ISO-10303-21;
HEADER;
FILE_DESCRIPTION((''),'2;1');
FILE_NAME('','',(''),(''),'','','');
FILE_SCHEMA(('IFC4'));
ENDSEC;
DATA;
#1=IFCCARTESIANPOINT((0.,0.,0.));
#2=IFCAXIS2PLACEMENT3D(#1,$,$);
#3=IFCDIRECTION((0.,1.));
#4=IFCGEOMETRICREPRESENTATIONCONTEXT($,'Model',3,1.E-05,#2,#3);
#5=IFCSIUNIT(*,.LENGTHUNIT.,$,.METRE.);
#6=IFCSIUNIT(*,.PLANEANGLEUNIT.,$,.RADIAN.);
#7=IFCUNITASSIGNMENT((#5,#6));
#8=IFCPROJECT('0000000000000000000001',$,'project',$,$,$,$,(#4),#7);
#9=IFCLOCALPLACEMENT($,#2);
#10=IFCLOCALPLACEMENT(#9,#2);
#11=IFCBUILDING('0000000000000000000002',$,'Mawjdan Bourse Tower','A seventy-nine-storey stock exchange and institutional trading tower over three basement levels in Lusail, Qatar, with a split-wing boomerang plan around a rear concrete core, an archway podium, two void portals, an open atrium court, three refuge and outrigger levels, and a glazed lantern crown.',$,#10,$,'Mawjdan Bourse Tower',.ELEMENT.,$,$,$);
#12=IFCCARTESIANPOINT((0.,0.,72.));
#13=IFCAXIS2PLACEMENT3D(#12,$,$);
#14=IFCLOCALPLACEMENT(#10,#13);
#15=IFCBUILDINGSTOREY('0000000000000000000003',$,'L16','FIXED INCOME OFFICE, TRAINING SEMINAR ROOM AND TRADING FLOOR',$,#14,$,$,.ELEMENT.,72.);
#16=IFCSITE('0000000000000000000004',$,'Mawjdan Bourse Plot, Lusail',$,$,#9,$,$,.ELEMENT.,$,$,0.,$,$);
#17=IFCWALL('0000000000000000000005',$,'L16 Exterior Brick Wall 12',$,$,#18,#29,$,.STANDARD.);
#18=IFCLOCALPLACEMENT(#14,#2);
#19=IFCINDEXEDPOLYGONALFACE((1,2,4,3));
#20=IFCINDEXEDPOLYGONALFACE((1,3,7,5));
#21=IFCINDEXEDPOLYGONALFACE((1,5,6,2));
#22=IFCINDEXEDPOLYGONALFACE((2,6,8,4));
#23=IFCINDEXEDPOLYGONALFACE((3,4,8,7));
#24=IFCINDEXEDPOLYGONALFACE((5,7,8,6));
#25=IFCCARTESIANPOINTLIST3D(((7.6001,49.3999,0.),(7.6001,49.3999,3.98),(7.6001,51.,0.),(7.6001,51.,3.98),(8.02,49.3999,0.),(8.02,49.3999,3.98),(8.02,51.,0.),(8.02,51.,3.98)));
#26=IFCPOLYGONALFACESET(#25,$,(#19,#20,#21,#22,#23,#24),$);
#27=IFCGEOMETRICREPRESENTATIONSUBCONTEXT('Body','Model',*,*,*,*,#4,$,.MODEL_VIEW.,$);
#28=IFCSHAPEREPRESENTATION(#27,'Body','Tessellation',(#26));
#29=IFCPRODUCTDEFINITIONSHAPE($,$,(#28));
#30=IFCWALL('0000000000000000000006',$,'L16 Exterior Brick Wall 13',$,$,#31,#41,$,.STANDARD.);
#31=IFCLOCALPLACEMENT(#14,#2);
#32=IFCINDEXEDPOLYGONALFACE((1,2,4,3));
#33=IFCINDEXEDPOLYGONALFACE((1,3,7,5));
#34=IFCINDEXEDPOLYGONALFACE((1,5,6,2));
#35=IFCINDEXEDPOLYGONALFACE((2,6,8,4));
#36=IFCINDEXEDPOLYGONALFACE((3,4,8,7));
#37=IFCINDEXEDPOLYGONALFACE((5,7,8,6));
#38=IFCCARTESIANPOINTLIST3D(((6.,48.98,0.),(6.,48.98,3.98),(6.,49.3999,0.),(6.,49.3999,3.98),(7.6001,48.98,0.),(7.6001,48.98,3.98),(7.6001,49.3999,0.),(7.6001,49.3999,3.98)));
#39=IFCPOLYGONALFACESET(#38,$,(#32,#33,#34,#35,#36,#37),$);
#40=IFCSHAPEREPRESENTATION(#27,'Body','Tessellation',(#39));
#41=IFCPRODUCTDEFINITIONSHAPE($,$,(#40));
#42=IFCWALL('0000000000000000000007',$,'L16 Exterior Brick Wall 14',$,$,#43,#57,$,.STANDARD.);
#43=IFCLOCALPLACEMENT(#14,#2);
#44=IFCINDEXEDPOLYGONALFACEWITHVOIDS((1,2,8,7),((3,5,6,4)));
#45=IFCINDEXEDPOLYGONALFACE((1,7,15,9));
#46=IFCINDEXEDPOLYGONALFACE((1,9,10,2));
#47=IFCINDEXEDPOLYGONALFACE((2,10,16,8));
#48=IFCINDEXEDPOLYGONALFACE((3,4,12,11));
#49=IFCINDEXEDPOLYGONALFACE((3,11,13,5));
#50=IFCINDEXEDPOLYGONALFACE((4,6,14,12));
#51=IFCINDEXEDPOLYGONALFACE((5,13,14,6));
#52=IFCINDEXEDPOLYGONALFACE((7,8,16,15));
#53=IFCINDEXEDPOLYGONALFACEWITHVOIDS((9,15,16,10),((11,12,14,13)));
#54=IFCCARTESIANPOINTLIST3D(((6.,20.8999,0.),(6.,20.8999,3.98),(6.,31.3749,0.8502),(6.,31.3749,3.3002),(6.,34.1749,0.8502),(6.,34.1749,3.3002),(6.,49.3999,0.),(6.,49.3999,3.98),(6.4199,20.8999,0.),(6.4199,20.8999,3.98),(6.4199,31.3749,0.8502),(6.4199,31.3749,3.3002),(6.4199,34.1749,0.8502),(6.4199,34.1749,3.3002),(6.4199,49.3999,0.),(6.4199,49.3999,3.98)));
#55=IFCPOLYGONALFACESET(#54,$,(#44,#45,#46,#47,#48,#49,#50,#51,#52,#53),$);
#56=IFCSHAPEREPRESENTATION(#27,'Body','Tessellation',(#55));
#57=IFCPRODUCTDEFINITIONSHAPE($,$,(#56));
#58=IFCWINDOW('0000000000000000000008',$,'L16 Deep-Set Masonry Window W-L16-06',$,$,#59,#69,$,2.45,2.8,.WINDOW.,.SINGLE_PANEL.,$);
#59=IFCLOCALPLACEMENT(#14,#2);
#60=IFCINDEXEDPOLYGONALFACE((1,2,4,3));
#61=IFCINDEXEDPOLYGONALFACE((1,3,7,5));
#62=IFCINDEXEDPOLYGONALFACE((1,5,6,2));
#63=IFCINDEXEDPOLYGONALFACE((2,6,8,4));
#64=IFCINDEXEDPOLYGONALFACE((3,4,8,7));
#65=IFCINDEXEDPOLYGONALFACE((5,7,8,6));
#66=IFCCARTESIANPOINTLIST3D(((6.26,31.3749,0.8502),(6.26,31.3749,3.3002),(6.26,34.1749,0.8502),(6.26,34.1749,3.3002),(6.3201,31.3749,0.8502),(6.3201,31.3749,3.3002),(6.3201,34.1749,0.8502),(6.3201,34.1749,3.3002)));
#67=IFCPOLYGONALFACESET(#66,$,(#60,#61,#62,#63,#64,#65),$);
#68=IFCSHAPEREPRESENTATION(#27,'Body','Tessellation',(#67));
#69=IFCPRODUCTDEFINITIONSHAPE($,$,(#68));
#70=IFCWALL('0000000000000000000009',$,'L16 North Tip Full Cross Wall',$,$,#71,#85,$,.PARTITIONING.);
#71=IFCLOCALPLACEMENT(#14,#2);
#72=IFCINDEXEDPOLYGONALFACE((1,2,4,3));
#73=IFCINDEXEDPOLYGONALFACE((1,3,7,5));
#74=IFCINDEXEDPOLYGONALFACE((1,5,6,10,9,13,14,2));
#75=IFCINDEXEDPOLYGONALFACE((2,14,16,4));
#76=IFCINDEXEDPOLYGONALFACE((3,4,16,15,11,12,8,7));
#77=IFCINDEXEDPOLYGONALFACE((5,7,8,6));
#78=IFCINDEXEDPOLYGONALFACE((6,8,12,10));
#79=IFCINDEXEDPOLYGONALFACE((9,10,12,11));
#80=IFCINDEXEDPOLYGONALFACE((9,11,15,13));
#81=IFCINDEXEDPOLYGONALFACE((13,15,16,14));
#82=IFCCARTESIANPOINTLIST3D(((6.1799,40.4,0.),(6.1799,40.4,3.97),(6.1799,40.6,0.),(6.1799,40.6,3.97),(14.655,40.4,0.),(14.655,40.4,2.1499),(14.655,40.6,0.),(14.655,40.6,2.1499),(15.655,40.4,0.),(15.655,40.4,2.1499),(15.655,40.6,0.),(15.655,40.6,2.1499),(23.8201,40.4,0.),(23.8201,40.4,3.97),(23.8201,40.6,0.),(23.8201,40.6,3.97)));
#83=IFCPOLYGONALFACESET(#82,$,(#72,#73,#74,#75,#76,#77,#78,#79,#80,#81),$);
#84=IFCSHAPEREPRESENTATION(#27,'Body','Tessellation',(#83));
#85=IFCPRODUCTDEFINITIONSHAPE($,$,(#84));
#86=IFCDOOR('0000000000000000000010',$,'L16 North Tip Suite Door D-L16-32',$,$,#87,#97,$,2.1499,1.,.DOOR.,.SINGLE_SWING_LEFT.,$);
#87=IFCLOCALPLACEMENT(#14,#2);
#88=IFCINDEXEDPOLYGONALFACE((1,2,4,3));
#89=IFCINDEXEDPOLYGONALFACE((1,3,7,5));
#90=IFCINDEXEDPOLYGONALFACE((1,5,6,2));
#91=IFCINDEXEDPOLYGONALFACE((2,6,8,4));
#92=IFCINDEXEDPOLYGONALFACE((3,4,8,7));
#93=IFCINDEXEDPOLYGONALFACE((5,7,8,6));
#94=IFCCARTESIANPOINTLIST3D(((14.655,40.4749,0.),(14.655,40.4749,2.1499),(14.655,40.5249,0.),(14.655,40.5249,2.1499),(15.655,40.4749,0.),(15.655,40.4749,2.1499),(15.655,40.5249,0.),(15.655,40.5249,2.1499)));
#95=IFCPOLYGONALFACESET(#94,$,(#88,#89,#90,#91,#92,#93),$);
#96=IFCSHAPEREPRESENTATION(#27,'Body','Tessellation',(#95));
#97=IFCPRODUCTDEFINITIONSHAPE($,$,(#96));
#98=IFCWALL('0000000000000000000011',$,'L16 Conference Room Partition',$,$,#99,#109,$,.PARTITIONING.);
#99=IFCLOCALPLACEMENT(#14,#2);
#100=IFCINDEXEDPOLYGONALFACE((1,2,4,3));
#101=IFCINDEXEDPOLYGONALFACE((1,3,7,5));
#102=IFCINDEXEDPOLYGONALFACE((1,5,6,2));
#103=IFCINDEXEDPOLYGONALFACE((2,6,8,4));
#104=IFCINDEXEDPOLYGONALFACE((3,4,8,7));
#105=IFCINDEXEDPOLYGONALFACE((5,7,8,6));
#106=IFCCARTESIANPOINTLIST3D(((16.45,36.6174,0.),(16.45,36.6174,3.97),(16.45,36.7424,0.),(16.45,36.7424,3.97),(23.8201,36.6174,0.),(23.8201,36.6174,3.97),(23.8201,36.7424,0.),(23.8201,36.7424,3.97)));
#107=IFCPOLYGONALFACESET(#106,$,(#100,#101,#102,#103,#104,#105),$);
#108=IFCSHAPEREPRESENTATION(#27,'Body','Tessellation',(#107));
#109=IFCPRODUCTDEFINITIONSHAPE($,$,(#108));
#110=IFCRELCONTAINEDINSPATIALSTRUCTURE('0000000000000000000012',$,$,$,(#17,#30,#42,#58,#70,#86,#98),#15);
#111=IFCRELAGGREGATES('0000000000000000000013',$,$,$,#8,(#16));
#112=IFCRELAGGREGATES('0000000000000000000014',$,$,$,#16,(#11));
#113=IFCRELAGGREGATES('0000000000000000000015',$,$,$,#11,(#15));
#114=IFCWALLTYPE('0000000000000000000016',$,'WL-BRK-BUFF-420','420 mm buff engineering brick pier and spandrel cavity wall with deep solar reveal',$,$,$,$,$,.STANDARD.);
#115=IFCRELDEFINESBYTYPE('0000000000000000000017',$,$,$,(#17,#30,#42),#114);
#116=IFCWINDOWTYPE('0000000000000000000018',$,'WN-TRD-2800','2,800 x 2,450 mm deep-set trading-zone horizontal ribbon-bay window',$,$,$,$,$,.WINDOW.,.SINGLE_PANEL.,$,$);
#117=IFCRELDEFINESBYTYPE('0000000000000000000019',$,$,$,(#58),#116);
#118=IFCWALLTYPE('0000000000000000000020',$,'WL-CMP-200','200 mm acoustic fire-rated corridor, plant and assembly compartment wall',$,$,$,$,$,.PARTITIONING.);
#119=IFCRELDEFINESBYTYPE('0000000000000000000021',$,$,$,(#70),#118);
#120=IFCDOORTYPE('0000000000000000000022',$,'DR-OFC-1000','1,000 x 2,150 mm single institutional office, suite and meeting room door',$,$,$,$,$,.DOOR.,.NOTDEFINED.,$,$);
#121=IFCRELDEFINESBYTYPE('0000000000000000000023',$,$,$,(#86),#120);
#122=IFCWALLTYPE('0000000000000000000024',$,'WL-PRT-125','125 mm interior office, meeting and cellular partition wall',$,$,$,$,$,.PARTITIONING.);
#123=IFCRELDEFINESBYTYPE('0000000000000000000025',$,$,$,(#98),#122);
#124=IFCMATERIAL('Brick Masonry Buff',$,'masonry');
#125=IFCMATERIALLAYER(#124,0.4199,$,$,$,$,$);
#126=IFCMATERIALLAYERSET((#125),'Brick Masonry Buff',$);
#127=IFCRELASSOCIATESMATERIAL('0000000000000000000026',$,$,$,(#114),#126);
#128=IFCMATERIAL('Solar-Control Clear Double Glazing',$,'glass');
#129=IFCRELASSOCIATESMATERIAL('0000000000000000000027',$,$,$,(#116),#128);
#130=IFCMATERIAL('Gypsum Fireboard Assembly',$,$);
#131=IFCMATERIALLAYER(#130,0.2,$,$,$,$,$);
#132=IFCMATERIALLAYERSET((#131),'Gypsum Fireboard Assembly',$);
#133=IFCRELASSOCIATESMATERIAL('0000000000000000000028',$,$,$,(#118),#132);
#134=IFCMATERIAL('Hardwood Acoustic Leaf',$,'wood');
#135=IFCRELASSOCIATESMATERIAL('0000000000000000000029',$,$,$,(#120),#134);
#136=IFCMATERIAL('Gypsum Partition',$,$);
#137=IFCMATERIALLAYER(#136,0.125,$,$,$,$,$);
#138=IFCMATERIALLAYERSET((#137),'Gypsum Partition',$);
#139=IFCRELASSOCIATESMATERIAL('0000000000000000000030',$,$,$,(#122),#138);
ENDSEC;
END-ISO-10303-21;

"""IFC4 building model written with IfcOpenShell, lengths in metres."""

from ifc_helpers import new_model, si_unit, direction, frame, frame_2d, origin, place, context, subcontext, project, spatial, rectangle, extrude, material, layer, layer_set, type_object, element, fill, save


model = new_model("IFC4")

# Units and contexts
model_context = context("Model", 3, precision=1e-05, world=origin(), true_north=direction((0.0, 1.0)))
body_context = subcontext(model_context, "Body", "Model", "MODEL_VIEW")
ifc_project = project(units=[si_unit("LENGTHUNIT", "METRE"), si_unit("PLANEANGLEUNIT", "RADIAN")], contexts=[model_context])

# Site, building, storey
site_placement = place(None, origin())
site = spatial("IfcSite", under=ifc_project, at=site_placement, Name="Mawjdan Bourse Plot, Lusail", CompositionType="ELEMENT", RefElevation=0.0)
building_placement = place(site_placement, origin())
building = spatial("IfcBuilding", under=site, at=building_placement, Name="Mawjdan Bourse Tower", Description="A seventy-nine-storey stock exchange and institutional trading tower over three basement levels in Lusail, Qatar, with a split-wing boomerang plan around a rear concrete core, an archway podium, two void portals, an open atrium court, three refuge and outrigger levels, and a glazed lantern crown.", LongName="Mawjdan Bourse Tower", CompositionType="ELEMENT")
storey_placement = place(building_placement, frame((0.0, 0.0, 72.0)))
storey = spatial("IfcBuildingStorey", under=building, at=storey_placement, Name="L16", Description="FIXED INCOME OFFICE, TRAINING SEMINAR ROOM AND TRADING FLOOR", CompositionType="ELEMENT", Elevation=72.0)

# Walls
ifc_material_1 = material(Name="Brick Masonry Buff", Category="masonry")
ifc_layer_1 = layer(ifc_material_1, 0.4199)
ifc_layer_set_1 = layer_set([ifc_layer_1], Name="Brick Masonry Buff")
wall_type_1 = type_object("IfcWallType", Name="WL-BRK-BUFF-420", Description="420 mm buff engineering brick pier and spandrel cavity wall with deep solar reveal", PredefinedType="STANDARD", material=ifc_layer_set_1)
for number, where, z_axis, x_axis, name in (
    (1, (7.8101, 51.0, 0.0), (0.0, 0.0, 1.0), (0.0, -1.0, 0.0), "L16 Exterior Brick Wall 12"),
    (2, (7.6001, 49.1899, 0.0), (0.0, 0.0, 1.0), (-1.0, 0.0, 0.0), "L16 Exterior Brick Wall 13"),
):
    element("IfcWall", number, at=place(storey_placement, frame(where, z_axis=z_axis, x_axis=x_axis)), inside=storey, type_object=wall_type_1, Name=name, PredefinedType="STANDARD", context=body_context, shape_type="SweptSolid", body=[
        extrude(rectangle(XDim=1.6001, YDim=0.4199, at=frame_2d((0.8, 0.0))), origin(), (0.0, 0.0, 1.0), 3.98),
    ])

# Wall, opening, window
wall_1_placement = place(storey_placement, frame((6.21, 49.3999, 0.0), z_axis=(0.0, 0.0, 1.0), x_axis=(0.0, -1.0, 0.0)))
wall_1 = element("IfcWall", 3, at=wall_1_placement, inside=storey, type_object=wall_type_1, Name="L16 Exterior Brick Wall 14", PredefinedType="STANDARD", context=body_context, shape_type="SweptSolid", body=[
    extrude(rectangle(XDim=28.5, YDim=0.4199, at=frame_2d((14.25, 0.0))), origin(), (0.0, 0.0, 1.0), 3.98),
])
opening_1_placement = place(wall_1_placement, frame((15.2251, 0.0, 0.8501)))
opening_1 = element("IfcOpeningElement", 4, at=opening_1_placement, cuts=wall_1, PredefinedType="OPENING", context=body_context, shape_type="SweptSolid", body=[
    extrude(rectangle(XDim=2.8, YDim=2.45, at=frame_2d((1.3999, 1.2251))), frame((0.0, 0.22, 0.0), z_axis=(0.0, -1.0, 0.0), x_axis=(1.0, 0.0, 0.0)), (0.0, 0.0, 1.0), 0.4399),
])
ifc_material_2 = material(Name="Solar-Control Clear Double Glazing", Category="glass")
window_type = type_object("IfcWindowType", Name="WN-TRD-2800", Description="2,800 x 2,450 mm deep-set trading-zone horizontal ribbon-bay window", PartitioningType="SINGLE_PANEL", PredefinedType="WINDOW", material=ifc_material_2)
window_placement = place(opening_1_placement, origin())
window = element("IfcWindow", 5, at=window_placement, inside=storey, type_object=window_type, Name="L16 Deep-Set Masonry Window W-L16-06", OverallHeight=2.45, OverallWidth=2.8, PartitioningType="SINGLE_PANEL", PredefinedType="WINDOW", context=body_context, shape_type="SweptSolid", body=[
    extrude(rectangle(XDim=2.8, YDim=2.45, at=frame_2d((1.3999, 1.2251))), frame((0.0, 0.1101, 0.0), z_axis=(0.0, -1.0, 0.0), x_axis=(1.0, 0.0, 0.0)), (0.0, 0.0, 1.0), 0.0601),
])
fill(opening_1, window)

# Wall, opening, door
ifc_material_3 = material(Name="Gypsum Fireboard Assembly")
ifc_layer_2 = layer(ifc_material_3, 0.2)
ifc_layer_set_2 = layer_set([ifc_layer_2], Name="Gypsum Fireboard Assembly")
wall_type_2 = type_object("IfcWallType", Name="WL-CMP-200", Description="200 mm acoustic fire-rated corridor, plant and assembly compartment wall", PredefinedType="PARTITIONING", material=ifc_layer_set_2)
ifc_material_4 = material(Name="Hardwood Acoustic Leaf", Category="wood")
door_type = type_object("IfcDoorType", Name="DR-OFC-1000", Description="1,000 x 2,150 mm single institutional office, suite and meeting room door", OperationType="NOTDEFINED", PredefinedType="DOOR", material=ifc_material_4)
wall_2_placement = place(storey_placement, frame((6.1799, 40.5, 0.0), z_axis=(0.0, 0.0, 1.0), x_axis=(1.0, 0.0, 0.0)))
wall_2 = element("IfcWall", 6, at=wall_2_placement, inside=storey, type_object=wall_type_2, Name="L16 North Tip Full Cross Wall", PredefinedType="PARTITIONING", context=body_context, shape_type="SweptSolid", body=[
    extrude(rectangle(XDim=17.6401, YDim=0.2, at=frame_2d((8.8201, 0.0))), origin(), (0.0, 0.0, 1.0), 3.97),
])
opening_2_placement = place(wall_2_placement, frame((8.4751, 0.0, 0.0)))
opening_2 = element("IfcOpeningElement", 7, at=opening_2_placement, cuts=wall_2, PredefinedType="OPENING", context=body_context, shape_type="SweptSolid", body=[
    extrude(rectangle(XDim=1.0, YDim=2.1499, at=frame_2d((0.5, 1.075))), frame((0.0, 0.1099, 0.0), z_axis=(0.0, -1.0, 0.0), x_axis=(1.0, 0.0, 0.0)), (0.0, 0.0, 1.0), 0.22),
])
door_1_placement = place(opening_2_placement, origin())
door_1 = element("IfcDoor", 8, at=door_1_placement, inside=storey, type_object=door_type, Name="L16 North Tip Suite Door D-L16-32", OperationType="SINGLE_SWING_LEFT", OverallHeight=2.1499, OverallWidth=1.0, PredefinedType="DOOR", context=body_context, shape_type="SweptSolid", body=[
    extrude(rectangle(XDim=1.0, YDim=2.1499, at=frame_2d((0.5, 1.075))), frame((0.0, 0.0249, 0.0), z_axis=(0.0, -1.0, 0.0), x_axis=(1.0, 0.0, 0.0)), (0.0, 0.0, 1.0), 0.05),
])
fill(opening_2, door_1)

# Wall
ifc_material_5 = material(Name="Gypsum Partition")
ifc_layer_3 = layer(ifc_material_5, 0.125)
ifc_layer_set_3 = layer_set([ifc_layer_3], Name="Gypsum Partition")
wall_type_3 = type_object("IfcWallType", Name="WL-PRT-125", Description="125 mm interior office, meeting and cellular partition wall", PredefinedType="PARTITIONING", material=ifc_layer_set_3)
wall_3_placement = place(storey_placement, frame((16.45, 36.6799, 0.0), z_axis=(0.0, 0.0, 1.0), x_axis=(1.0, 0.0, 0.0)))
element("IfcWall", 9, at=wall_3_placement, inside=storey, type_object=wall_type_3, Name="L16 Conference Room Partition", PredefinedType="PARTITIONING", context=body_context, shape_type="SweptSolid", body=[
    extrude(rectangle(XDim=7.3701, YDim=0.125, at=frame_2d((3.6851, 0.0))), origin(), (0.0, 0.0, 1.0), 3.97),
])

save(model, "model.ifc")
